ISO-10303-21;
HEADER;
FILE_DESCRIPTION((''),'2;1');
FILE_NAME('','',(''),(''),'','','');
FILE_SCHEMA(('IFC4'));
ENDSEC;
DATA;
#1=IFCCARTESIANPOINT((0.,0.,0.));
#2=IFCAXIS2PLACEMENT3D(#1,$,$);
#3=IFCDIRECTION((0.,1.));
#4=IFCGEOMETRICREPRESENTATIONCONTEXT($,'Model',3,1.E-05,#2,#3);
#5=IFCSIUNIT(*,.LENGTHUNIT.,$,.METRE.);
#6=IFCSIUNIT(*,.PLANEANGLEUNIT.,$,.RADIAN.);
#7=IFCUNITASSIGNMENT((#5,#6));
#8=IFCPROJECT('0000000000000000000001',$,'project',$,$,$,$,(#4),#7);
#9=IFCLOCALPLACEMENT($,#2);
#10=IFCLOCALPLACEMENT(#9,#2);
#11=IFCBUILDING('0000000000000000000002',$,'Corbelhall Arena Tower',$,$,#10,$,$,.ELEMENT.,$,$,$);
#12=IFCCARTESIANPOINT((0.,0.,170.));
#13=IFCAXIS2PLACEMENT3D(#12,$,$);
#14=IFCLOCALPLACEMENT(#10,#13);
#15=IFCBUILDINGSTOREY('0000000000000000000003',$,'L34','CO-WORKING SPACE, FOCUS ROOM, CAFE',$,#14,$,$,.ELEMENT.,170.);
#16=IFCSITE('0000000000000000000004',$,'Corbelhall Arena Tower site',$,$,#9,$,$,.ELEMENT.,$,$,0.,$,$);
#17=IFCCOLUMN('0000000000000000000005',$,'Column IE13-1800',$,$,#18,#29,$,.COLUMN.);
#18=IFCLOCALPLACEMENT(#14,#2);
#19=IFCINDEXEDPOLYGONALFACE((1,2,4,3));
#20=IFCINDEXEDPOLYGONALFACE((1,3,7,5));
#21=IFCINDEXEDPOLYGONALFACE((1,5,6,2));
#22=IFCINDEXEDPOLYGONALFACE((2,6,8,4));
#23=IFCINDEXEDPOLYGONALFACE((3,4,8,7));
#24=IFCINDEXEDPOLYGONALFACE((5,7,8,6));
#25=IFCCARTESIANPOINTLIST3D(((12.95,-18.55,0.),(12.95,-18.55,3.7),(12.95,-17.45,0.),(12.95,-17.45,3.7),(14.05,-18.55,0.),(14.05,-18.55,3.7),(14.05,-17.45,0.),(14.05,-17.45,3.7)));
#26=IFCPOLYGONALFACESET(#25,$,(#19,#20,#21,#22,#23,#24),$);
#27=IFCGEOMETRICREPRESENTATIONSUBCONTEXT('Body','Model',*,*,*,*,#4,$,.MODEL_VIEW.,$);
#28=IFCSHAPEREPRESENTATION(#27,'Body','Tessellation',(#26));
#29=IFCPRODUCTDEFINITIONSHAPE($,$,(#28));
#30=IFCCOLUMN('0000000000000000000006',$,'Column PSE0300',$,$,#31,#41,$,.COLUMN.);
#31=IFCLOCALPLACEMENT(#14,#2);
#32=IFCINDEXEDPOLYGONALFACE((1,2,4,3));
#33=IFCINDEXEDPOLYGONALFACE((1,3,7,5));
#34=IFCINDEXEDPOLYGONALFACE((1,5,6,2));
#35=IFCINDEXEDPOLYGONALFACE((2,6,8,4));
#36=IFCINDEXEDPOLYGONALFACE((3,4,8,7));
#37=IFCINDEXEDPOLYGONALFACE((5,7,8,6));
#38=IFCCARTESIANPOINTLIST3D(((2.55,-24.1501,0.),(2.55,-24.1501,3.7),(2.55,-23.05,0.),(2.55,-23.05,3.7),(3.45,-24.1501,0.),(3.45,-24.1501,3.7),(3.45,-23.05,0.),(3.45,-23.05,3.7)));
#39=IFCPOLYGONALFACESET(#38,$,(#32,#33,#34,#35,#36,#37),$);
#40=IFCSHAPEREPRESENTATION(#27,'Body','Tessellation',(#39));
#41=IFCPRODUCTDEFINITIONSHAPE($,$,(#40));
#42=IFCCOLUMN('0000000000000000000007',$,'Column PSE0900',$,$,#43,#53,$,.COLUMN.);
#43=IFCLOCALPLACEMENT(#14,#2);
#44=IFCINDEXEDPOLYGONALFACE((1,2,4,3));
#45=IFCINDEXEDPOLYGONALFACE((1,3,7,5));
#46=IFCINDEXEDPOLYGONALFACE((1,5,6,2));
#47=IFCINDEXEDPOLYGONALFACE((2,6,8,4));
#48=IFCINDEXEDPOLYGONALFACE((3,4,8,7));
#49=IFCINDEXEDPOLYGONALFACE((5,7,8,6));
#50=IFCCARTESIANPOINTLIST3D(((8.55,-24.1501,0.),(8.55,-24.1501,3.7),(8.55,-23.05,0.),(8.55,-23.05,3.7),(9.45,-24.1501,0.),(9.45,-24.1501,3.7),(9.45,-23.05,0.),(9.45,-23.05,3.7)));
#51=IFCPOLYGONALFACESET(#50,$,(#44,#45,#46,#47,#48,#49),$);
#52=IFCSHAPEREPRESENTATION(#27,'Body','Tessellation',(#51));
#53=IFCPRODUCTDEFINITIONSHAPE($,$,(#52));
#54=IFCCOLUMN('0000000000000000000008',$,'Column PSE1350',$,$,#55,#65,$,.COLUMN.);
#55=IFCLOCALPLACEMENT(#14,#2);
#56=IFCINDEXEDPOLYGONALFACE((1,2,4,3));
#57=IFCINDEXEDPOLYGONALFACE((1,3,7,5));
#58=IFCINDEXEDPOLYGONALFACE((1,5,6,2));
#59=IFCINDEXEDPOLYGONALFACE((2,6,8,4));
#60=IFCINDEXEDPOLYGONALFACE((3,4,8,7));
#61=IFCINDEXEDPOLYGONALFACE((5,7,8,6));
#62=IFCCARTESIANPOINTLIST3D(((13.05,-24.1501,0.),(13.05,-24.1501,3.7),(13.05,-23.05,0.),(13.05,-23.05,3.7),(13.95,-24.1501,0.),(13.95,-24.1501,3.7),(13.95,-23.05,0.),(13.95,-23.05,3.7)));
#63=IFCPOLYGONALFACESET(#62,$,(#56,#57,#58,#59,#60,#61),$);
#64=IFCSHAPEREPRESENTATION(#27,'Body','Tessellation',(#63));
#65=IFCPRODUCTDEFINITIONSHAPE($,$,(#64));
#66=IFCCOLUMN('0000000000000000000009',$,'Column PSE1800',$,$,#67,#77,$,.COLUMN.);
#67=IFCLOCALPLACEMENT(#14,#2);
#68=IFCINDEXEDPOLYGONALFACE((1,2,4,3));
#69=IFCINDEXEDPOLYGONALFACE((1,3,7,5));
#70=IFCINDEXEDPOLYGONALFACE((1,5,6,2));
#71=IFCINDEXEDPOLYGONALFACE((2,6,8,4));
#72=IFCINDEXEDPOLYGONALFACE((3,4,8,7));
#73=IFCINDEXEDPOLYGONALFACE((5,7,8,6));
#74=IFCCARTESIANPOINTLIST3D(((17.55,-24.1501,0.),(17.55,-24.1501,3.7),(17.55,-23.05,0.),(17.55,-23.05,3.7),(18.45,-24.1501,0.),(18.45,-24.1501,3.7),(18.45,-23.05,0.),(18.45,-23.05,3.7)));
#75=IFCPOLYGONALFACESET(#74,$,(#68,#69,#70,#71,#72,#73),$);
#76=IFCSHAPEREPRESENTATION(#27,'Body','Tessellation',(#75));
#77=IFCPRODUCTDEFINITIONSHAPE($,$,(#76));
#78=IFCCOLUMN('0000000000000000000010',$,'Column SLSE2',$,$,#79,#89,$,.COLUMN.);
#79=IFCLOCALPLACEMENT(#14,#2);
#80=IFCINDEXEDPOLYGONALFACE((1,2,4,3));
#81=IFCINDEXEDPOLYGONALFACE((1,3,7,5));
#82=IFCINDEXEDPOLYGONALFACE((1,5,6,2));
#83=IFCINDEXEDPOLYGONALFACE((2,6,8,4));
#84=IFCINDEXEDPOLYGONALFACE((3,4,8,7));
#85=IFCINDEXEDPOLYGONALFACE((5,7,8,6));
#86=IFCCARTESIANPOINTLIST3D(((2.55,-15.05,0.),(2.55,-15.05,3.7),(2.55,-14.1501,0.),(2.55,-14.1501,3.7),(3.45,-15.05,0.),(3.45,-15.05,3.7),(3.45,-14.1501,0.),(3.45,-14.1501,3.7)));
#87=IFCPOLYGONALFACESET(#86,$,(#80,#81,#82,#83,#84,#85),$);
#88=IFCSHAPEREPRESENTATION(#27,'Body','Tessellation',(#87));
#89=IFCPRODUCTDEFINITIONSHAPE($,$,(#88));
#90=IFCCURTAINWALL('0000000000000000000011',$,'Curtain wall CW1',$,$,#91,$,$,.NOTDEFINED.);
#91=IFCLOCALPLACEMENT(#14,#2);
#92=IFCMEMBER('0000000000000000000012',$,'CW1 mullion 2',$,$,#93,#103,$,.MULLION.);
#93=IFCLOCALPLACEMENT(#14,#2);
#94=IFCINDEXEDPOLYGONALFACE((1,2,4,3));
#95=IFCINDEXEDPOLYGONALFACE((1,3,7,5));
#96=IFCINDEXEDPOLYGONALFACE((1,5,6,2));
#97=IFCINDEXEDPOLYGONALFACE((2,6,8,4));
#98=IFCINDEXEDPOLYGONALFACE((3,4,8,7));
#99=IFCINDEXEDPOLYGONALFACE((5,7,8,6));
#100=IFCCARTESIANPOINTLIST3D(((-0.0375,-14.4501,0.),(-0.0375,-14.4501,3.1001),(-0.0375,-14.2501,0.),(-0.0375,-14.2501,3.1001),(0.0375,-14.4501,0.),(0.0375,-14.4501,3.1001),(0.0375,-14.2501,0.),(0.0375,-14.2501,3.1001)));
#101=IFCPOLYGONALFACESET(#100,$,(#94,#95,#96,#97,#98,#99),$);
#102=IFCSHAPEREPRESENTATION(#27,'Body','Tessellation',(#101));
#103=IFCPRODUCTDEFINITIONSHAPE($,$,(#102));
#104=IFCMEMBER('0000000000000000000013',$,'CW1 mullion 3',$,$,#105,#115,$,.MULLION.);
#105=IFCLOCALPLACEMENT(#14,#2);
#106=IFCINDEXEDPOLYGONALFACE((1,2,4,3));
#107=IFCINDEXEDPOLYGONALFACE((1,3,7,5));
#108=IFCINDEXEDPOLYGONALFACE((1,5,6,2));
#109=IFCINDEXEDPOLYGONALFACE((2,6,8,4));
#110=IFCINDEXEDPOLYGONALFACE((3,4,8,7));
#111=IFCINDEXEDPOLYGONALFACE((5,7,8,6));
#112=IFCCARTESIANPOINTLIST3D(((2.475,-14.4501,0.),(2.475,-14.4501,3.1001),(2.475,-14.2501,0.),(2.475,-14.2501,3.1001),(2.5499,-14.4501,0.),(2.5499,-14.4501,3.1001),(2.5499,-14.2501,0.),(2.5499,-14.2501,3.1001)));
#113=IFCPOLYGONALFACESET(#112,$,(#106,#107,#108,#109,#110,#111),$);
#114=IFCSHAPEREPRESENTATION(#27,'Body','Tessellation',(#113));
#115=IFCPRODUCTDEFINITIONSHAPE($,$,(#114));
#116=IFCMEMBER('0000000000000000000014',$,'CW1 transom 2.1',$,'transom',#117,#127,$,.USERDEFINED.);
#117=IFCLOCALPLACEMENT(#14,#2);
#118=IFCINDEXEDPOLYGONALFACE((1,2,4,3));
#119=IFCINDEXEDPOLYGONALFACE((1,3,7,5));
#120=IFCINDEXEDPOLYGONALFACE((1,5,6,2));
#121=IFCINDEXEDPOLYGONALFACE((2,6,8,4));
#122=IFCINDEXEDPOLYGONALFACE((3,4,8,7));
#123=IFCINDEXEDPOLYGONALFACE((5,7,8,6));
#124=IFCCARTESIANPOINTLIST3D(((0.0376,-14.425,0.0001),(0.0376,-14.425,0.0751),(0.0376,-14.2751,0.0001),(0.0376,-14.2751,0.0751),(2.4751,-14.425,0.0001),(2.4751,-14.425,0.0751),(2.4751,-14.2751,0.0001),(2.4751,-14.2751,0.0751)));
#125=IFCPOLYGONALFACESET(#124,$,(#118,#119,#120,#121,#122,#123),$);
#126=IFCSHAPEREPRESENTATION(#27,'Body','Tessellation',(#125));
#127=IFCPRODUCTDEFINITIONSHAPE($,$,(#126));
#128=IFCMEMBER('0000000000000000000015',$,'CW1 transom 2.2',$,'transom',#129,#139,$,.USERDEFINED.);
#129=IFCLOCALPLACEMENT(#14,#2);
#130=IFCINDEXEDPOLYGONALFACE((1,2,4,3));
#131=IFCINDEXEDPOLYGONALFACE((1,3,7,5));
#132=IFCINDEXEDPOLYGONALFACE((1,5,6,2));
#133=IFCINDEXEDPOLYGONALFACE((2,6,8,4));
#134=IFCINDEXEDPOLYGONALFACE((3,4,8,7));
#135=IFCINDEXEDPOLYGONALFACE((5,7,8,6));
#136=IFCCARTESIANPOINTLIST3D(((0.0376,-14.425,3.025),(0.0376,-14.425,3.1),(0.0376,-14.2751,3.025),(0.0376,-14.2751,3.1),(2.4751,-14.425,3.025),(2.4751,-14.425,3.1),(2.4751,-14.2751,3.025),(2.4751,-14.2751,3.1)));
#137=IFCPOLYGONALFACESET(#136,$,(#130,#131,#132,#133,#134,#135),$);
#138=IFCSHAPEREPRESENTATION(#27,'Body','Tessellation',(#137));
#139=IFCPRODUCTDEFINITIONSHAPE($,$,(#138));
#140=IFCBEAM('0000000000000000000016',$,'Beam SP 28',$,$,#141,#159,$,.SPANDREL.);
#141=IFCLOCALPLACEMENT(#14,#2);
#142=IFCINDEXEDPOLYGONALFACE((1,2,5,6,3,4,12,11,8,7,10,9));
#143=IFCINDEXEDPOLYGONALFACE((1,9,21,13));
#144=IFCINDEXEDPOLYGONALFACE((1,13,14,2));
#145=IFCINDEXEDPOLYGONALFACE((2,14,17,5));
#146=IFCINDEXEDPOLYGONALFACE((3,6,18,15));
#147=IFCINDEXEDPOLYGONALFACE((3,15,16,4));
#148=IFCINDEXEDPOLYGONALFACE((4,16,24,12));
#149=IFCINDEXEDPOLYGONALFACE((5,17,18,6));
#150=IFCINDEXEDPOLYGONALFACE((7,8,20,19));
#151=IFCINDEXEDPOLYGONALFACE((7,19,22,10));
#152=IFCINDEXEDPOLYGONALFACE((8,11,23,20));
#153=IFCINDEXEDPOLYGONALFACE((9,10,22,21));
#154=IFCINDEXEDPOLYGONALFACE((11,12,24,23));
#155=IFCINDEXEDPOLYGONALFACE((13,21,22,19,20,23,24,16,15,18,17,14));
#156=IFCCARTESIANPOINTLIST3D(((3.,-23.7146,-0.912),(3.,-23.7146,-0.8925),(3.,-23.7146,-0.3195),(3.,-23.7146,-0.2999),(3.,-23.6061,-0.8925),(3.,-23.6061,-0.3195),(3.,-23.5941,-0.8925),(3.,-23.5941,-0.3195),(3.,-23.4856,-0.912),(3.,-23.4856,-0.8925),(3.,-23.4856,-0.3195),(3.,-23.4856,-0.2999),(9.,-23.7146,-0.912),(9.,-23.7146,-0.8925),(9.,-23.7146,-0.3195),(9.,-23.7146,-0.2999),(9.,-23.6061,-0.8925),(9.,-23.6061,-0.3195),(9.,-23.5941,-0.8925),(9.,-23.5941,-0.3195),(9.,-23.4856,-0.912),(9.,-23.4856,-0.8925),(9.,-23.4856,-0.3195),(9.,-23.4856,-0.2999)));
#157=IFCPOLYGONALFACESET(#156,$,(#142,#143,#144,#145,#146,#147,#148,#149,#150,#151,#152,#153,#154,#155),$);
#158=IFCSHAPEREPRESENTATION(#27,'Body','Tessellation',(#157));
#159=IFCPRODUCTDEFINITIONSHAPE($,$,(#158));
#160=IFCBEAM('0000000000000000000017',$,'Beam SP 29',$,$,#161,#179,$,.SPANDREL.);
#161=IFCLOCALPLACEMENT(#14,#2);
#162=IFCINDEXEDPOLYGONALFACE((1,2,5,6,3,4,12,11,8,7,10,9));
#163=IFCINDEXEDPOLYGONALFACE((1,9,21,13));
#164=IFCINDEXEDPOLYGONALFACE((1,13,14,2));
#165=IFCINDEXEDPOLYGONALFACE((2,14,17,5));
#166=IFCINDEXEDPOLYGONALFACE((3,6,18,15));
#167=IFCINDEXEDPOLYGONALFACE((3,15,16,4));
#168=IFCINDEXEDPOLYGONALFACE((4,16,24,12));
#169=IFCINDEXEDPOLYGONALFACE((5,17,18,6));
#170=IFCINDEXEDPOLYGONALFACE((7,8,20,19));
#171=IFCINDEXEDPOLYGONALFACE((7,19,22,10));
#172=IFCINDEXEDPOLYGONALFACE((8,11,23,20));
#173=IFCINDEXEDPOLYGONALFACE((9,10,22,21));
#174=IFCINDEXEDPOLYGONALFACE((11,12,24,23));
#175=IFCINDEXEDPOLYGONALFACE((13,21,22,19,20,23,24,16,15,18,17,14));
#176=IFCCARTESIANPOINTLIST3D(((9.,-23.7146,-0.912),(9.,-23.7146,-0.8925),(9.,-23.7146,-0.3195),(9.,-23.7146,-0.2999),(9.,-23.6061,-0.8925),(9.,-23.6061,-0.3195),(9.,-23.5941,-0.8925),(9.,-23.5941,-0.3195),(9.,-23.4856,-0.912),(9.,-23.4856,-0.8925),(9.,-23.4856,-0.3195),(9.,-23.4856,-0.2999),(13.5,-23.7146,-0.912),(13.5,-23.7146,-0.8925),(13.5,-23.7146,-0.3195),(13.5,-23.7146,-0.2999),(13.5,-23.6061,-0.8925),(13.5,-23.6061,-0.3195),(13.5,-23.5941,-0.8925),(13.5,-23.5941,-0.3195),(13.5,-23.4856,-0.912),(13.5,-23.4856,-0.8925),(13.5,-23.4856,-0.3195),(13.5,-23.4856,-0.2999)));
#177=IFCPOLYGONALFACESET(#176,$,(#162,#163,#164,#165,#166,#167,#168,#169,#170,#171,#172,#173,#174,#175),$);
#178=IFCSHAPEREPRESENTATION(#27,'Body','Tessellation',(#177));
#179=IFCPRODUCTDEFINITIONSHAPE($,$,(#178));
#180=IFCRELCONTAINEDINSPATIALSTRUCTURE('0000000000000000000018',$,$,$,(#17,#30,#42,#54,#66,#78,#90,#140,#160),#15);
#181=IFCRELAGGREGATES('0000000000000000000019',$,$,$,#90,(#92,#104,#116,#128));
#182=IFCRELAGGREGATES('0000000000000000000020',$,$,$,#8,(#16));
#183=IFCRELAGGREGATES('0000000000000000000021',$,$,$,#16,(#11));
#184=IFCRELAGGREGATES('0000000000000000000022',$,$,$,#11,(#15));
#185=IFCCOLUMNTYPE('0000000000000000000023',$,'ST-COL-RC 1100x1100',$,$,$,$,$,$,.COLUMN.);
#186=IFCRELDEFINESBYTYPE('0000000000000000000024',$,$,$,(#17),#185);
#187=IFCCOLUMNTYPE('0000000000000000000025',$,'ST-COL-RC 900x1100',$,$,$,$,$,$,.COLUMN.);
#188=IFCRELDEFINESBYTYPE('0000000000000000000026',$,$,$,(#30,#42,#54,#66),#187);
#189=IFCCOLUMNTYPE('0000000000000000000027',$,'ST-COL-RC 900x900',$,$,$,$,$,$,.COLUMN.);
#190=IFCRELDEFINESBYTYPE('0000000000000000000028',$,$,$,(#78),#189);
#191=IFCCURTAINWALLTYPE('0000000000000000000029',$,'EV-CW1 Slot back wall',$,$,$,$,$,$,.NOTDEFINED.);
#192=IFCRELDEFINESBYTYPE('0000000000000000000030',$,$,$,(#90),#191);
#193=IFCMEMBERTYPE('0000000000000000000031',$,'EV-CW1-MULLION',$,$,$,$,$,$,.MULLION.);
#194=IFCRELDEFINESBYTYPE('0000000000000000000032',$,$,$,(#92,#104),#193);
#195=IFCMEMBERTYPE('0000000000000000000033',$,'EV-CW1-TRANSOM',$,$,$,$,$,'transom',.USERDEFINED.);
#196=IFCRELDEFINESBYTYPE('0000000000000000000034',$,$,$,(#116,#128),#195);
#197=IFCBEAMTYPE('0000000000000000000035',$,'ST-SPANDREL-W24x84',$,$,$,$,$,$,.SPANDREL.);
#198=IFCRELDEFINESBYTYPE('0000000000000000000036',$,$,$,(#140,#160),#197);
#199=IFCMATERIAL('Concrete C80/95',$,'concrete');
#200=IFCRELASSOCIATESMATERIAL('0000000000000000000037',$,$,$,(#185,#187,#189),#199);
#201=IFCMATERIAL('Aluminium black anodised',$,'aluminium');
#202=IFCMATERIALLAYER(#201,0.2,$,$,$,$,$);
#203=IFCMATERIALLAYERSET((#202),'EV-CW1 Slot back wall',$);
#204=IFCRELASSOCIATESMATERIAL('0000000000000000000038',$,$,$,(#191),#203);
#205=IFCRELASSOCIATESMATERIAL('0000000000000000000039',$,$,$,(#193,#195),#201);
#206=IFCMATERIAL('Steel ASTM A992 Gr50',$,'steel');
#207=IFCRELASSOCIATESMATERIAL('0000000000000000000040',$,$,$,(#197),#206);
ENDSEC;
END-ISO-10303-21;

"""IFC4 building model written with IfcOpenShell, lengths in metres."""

from ifc_helpers import new_model, si_unit, direction, frame, origin, origin_2d, place, context, subcontext, project, spatial, rectangle, i_section, extrude, material, layer, layer_set, material_profile, profile_set, type_object, element, aggregate, save


model = new_model("IFC4")

# Units and contexts
model_context = context("Model", 3, precision=1e-05, world=origin(), true_north=direction((0.0, 1.0)))
body_context = subcontext(model_context, "Body", "Model", "MODEL_VIEW")
ifc_project = project(units=[si_unit("LENGTHUNIT", "METRE"), si_unit("PLANEANGLEUNIT", "RADIAN")], contexts=[model_context])

# Site, building, storey
site_placement = place(None, origin())
site = spatial("IfcSite", under=ifc_project, at=site_placement, Name="Corbelhall Arena Tower site", CompositionType="ELEMENT", RefElevation=0.0)
building_placement = place(site_placement, origin())
building = spatial("IfcBuilding", under=site, at=building_placement, Name="Corbelhall Arena Tower", CompositionType="ELEMENT")
storey_placement = place(building_placement, frame((0.0, 0.0, 170.0)))
storey = spatial("IfcBuildingStorey", under=building, at=storey_placement, Name="L34", Description="CO-WORKING SPACE, FOCUS ROOM, CAFE", CompositionType="ELEMENT", Elevation=170.0)

# Columns
ifc_material_1 = material(Name="Concrete C80/95", Category="concrete")
ifc_material_profile_1 = material_profile(ifc_material_1, rectangle(XDim=1.1001, YDim=1.1001, at=origin_2d()))
ifc_profile_set_1 = profile_set([ifc_material_profile_1], Name="Concrete C80/95")
column_type_1 = type_object("IfcColumnType", Name="ST-COL-RC 1100x1100", PredefinedType="COLUMN", material=ifc_profile_set_1)
column_1_placement = place(storey_placement, frame((13.5, -18.0, 0.0), z_axis=(0.0, 0.0, 1.0), x_axis=(1.0, 0.0, 0.0)))
element("IfcColumn", 1, at=column_1_placement, inside=storey, type_object=column_type_1, Name="Column IE13-1800", PredefinedType="COLUMN", context=body_context, shape_type="SweptSolid", body=[
    extrude(rectangle(XDim=1.1001, YDim=1.1001, at=origin_2d()), origin(), (0.0, 0.0, 1.0), 3.7),
])
ifc_material_profile_2 = material_profile(ifc_material_1, rectangle(XDim=0.8999, YDim=1.1001, at=origin_2d()))
ifc_profile_set_2 = profile_set([ifc_material_profile_2], Name="Concrete C80/95")
column_type_2 = type_object("IfcColumnType", Name="ST-COL-RC 900x1100", PredefinedType="COLUMN", material=ifc_profile_set_2)
for number, where, z_axis, x_axis, name in (
    (2, (3.0, -23.6001, 0.0), (0.0, 0.0, 1.0), (1.0, 0.0, 0.0), "Column PSE0300"),
    (3, (9.0, -23.6001, 0.0), (0.0, 0.0, 1.0), (1.0, 0.0, 0.0), "Column PSE0900"),
    (4, (13.5, -23.6001, 0.0), (0.0, 0.0, 1.0), (1.0, 0.0, 0.0), "Column PSE1350"),
    (5, (18.0, -23.6001, 0.0), (0.0, 0.0, 1.0), (1.0, 0.0, 0.0), "Column PSE1800"),
):
    element("IfcColumn", number, at=place(storey_placement, frame(where, z_axis=z_axis, x_axis=x_axis)), inside=storey, type_object=column_type_2, Name=name, PredefinedType="COLUMN", context=body_context, shape_type="SweptSolid", body=[
        extrude(rectangle(XDim=0.8999, YDim=1.1001, at=origin_2d()), origin(), (0.0, 0.0, 1.0), 3.7),
    ])
ifc_material_profile_3 = material_profile(ifc_material_1, rectangle(XDim=0.8999, YDim=0.8999, at=origin_2d()))
ifc_profile_set_3 = profile_set([ifc_material_profile_3], Name="Concrete C80/95")
column_type_3 = type_object("IfcColumnType", Name="ST-COL-RC 900x900", PredefinedType="COLUMN", material=ifc_profile_set_3)
column_2_placement = place(storey_placement, frame((3.0, -14.6001, 0.0), z_axis=(0.0, 0.0, 1.0), x_axis=(1.0, 0.0, 0.0)))
element("IfcColumn", 6, at=column_2_placement, inside=storey, type_object=column_type_3, Name="Column SLSE2", PredefinedType="COLUMN", context=body_context, shape_type="SweptSolid", body=[
    extrude(rectangle(XDim=0.8999, YDim=0.8999, at=origin_2d()), origin(), (0.0, 0.0, 1.0), 3.7),
])

# Curtain wall, members
ifc_material_2 = material(Name="Aluminium black anodised", Category="aluminium")
ifc_layer_1 = layer(ifc_material_2, 0.2)
ifc_layer_set_1 = layer_set([ifc_layer_1], Name="EV-CW1 Slot back wall")
curtain_wall_type = type_object("IfcCurtainWallType", Name="EV-CW1 Slot back wall", PredefinedType="NOTDEFINED", material=ifc_layer_set_1)
curtain_wall_placement = place(storey_placement, origin())
curtain_wall = element("IfcCurtainWall", 7, at=curtain_wall_placement, inside=storey, type_object=curtain_wall_type, Name="Curtain wall CW1", PredefinedType="NOTDEFINED")
ifc_material_profile_4 = material_profile(ifc_material_2, rectangle(XDim=0.2, YDim=0.075, at=origin_2d()))
ifc_profile_set_4 = profile_set([ifc_material_profile_4], Name="Aluminium black anodised")
member_type_1 = type_object("IfcMemberType", Name="EV-CW1-MULLION", PredefinedType="MULLION", material=ifc_profile_set_4)
member_1_placement = place(storey_placement, frame((0.0, -14.3501, 0.0), z_axis=(0.0, 0.0, 1.0), x_axis=(0.0, 1.0, 0.0)))
member_1 = element("IfcMember", 8, at=member_1_placement, type_object=member_type_1, Name="CW1 mullion 2", PredefinedType="MULLION", context=body_context, shape_type="SweptSolid", body=[
    extrude(rectangle(XDim=0.2, YDim=0.075, at=origin_2d()), origin(), (0.0, 0.0, 1.0), 3.1001),
])
member_2_placement = place(storey_placement, frame((2.5125, -14.3501, 0.0), z_axis=(0.0, 0.0, 1.0), x_axis=(0.0, 1.0, 0.0)))
member_2 = element("IfcMember", 9, at=member_2_placement, type_object=member_type_1, Name="CW1 mullion 3", PredefinedType="MULLION", context=body_context, shape_type="SweptSolid", body=[
    extrude(rectangle(XDim=0.2, YDim=0.075, at=origin_2d()), origin(), (0.0, 0.0, 1.0), 3.1001),
])
ifc_material_profile_5 = material_profile(ifc_material_2, rectangle(XDim=0.1499, YDim=0.075, at=origin_2d()))
ifc_profile_set_5 = profile_set([ifc_material_profile_5], Name="Aluminium black anodised")
member_type_2 = type_object("IfcMemberType", Name="EV-CW1-TRANSOM", ElementType="transom", PredefinedType="USERDEFINED", material=ifc_profile_set_5)
member_3_placement = place(storey_placement, frame((0.0376, -14.3501, 0.0376), z_axis=(1.0, 0.0, 0.0), x_axis=(0.0, 1.0, 0.0)))
member_3 = element("IfcMember", 10, at=member_3_placement, type_object=member_type_2, Name="CW1 transom 2.1", ObjectType="transom", PredefinedType="USERDEFINED", context=body_context, shape_type="SweptSolid", body=[
    extrude(rectangle(XDim=0.1499, YDim=0.075, at=origin_2d()), origin(), (0.0, 0.0, 1.0), 2.4375),
])
member_4_placement = place(storey_placement, frame((0.0376, -14.3501, 3.0625), z_axis=(1.0, 0.0, 0.0), x_axis=(0.0, 1.0, 0.0)))
member_4 = element("IfcMember", 11, at=member_4_placement, type_object=member_type_2, Name="CW1 transom 2.2", ObjectType="transom", PredefinedType="USERDEFINED", context=body_context, shape_type="SweptSolid", body=[
    extrude(rectangle(XDim=0.1499, YDim=0.075, at=origin_2d()), origin(), (0.0, 0.0, 1.0), 2.4375),
])

# Beams
ifc_material_3 = material(Name="Steel ASTM A992 Gr50", Category="steel")
ifc_material_profile_6 = material_profile(ifc_material_3, i_section(OverallWidth=0.229, OverallDepth=0.6121, WebThickness=0.012, FlangeThickness=0.0195, at=origin_2d()))
ifc_profile_set_6 = profile_set([ifc_material_profile_6], Name="Steel ASTM A992 Gr50")
beam_type_1 = type_object("IfcBeamType", Name="ST-SPANDREL-W24x84", PredefinedType="SPANDREL", material=ifc_profile_set_6)
beam_1_placement = place(storey_placement, frame((9.0, -23.6001, -0.606), z_axis=(-1.0, 0.0, 0.0), x_axis=(0.0, -1.0, 0.0)))
element("IfcBeam", 12, at=beam_1_placement, inside=storey, type_object=beam_type_1, Name="Beam SP 28", PredefinedType="SPANDREL", context=body_context, shape_type="SweptSolid", body=[
    extrude(i_section(OverallWidth=0.229, OverallDepth=0.6121, WebThickness=0.012, FlangeThickness=0.0195, at=origin_2d()), origin(), (0.0, 0.0, 1.0), 6.0),
])
beam_2_placement = place(storey_placement, frame((13.5, -23.6001, -0.606), z_axis=(-1.0, 0.0, 0.0), x_axis=(0.0, -1.0, 0.0)))
element("IfcBeam", 13, at=beam_2_placement, inside=storey, type_object=beam_type_1, Name="Beam SP 29", PredefinedType="SPANDREL", context=body_context, shape_type="SweptSolid", body=[
    extrude(i_section(OverallWidth=0.229, OverallDepth=0.6121, WebThickness=0.012, FlangeThickness=0.0195, at=origin_2d()), origin(), (0.0, 0.0, 1.0), 4.5),
])

aggregate(curtain_wall, [member_1, member_2, member_3, member_4])

save(model, "model.ifc")
